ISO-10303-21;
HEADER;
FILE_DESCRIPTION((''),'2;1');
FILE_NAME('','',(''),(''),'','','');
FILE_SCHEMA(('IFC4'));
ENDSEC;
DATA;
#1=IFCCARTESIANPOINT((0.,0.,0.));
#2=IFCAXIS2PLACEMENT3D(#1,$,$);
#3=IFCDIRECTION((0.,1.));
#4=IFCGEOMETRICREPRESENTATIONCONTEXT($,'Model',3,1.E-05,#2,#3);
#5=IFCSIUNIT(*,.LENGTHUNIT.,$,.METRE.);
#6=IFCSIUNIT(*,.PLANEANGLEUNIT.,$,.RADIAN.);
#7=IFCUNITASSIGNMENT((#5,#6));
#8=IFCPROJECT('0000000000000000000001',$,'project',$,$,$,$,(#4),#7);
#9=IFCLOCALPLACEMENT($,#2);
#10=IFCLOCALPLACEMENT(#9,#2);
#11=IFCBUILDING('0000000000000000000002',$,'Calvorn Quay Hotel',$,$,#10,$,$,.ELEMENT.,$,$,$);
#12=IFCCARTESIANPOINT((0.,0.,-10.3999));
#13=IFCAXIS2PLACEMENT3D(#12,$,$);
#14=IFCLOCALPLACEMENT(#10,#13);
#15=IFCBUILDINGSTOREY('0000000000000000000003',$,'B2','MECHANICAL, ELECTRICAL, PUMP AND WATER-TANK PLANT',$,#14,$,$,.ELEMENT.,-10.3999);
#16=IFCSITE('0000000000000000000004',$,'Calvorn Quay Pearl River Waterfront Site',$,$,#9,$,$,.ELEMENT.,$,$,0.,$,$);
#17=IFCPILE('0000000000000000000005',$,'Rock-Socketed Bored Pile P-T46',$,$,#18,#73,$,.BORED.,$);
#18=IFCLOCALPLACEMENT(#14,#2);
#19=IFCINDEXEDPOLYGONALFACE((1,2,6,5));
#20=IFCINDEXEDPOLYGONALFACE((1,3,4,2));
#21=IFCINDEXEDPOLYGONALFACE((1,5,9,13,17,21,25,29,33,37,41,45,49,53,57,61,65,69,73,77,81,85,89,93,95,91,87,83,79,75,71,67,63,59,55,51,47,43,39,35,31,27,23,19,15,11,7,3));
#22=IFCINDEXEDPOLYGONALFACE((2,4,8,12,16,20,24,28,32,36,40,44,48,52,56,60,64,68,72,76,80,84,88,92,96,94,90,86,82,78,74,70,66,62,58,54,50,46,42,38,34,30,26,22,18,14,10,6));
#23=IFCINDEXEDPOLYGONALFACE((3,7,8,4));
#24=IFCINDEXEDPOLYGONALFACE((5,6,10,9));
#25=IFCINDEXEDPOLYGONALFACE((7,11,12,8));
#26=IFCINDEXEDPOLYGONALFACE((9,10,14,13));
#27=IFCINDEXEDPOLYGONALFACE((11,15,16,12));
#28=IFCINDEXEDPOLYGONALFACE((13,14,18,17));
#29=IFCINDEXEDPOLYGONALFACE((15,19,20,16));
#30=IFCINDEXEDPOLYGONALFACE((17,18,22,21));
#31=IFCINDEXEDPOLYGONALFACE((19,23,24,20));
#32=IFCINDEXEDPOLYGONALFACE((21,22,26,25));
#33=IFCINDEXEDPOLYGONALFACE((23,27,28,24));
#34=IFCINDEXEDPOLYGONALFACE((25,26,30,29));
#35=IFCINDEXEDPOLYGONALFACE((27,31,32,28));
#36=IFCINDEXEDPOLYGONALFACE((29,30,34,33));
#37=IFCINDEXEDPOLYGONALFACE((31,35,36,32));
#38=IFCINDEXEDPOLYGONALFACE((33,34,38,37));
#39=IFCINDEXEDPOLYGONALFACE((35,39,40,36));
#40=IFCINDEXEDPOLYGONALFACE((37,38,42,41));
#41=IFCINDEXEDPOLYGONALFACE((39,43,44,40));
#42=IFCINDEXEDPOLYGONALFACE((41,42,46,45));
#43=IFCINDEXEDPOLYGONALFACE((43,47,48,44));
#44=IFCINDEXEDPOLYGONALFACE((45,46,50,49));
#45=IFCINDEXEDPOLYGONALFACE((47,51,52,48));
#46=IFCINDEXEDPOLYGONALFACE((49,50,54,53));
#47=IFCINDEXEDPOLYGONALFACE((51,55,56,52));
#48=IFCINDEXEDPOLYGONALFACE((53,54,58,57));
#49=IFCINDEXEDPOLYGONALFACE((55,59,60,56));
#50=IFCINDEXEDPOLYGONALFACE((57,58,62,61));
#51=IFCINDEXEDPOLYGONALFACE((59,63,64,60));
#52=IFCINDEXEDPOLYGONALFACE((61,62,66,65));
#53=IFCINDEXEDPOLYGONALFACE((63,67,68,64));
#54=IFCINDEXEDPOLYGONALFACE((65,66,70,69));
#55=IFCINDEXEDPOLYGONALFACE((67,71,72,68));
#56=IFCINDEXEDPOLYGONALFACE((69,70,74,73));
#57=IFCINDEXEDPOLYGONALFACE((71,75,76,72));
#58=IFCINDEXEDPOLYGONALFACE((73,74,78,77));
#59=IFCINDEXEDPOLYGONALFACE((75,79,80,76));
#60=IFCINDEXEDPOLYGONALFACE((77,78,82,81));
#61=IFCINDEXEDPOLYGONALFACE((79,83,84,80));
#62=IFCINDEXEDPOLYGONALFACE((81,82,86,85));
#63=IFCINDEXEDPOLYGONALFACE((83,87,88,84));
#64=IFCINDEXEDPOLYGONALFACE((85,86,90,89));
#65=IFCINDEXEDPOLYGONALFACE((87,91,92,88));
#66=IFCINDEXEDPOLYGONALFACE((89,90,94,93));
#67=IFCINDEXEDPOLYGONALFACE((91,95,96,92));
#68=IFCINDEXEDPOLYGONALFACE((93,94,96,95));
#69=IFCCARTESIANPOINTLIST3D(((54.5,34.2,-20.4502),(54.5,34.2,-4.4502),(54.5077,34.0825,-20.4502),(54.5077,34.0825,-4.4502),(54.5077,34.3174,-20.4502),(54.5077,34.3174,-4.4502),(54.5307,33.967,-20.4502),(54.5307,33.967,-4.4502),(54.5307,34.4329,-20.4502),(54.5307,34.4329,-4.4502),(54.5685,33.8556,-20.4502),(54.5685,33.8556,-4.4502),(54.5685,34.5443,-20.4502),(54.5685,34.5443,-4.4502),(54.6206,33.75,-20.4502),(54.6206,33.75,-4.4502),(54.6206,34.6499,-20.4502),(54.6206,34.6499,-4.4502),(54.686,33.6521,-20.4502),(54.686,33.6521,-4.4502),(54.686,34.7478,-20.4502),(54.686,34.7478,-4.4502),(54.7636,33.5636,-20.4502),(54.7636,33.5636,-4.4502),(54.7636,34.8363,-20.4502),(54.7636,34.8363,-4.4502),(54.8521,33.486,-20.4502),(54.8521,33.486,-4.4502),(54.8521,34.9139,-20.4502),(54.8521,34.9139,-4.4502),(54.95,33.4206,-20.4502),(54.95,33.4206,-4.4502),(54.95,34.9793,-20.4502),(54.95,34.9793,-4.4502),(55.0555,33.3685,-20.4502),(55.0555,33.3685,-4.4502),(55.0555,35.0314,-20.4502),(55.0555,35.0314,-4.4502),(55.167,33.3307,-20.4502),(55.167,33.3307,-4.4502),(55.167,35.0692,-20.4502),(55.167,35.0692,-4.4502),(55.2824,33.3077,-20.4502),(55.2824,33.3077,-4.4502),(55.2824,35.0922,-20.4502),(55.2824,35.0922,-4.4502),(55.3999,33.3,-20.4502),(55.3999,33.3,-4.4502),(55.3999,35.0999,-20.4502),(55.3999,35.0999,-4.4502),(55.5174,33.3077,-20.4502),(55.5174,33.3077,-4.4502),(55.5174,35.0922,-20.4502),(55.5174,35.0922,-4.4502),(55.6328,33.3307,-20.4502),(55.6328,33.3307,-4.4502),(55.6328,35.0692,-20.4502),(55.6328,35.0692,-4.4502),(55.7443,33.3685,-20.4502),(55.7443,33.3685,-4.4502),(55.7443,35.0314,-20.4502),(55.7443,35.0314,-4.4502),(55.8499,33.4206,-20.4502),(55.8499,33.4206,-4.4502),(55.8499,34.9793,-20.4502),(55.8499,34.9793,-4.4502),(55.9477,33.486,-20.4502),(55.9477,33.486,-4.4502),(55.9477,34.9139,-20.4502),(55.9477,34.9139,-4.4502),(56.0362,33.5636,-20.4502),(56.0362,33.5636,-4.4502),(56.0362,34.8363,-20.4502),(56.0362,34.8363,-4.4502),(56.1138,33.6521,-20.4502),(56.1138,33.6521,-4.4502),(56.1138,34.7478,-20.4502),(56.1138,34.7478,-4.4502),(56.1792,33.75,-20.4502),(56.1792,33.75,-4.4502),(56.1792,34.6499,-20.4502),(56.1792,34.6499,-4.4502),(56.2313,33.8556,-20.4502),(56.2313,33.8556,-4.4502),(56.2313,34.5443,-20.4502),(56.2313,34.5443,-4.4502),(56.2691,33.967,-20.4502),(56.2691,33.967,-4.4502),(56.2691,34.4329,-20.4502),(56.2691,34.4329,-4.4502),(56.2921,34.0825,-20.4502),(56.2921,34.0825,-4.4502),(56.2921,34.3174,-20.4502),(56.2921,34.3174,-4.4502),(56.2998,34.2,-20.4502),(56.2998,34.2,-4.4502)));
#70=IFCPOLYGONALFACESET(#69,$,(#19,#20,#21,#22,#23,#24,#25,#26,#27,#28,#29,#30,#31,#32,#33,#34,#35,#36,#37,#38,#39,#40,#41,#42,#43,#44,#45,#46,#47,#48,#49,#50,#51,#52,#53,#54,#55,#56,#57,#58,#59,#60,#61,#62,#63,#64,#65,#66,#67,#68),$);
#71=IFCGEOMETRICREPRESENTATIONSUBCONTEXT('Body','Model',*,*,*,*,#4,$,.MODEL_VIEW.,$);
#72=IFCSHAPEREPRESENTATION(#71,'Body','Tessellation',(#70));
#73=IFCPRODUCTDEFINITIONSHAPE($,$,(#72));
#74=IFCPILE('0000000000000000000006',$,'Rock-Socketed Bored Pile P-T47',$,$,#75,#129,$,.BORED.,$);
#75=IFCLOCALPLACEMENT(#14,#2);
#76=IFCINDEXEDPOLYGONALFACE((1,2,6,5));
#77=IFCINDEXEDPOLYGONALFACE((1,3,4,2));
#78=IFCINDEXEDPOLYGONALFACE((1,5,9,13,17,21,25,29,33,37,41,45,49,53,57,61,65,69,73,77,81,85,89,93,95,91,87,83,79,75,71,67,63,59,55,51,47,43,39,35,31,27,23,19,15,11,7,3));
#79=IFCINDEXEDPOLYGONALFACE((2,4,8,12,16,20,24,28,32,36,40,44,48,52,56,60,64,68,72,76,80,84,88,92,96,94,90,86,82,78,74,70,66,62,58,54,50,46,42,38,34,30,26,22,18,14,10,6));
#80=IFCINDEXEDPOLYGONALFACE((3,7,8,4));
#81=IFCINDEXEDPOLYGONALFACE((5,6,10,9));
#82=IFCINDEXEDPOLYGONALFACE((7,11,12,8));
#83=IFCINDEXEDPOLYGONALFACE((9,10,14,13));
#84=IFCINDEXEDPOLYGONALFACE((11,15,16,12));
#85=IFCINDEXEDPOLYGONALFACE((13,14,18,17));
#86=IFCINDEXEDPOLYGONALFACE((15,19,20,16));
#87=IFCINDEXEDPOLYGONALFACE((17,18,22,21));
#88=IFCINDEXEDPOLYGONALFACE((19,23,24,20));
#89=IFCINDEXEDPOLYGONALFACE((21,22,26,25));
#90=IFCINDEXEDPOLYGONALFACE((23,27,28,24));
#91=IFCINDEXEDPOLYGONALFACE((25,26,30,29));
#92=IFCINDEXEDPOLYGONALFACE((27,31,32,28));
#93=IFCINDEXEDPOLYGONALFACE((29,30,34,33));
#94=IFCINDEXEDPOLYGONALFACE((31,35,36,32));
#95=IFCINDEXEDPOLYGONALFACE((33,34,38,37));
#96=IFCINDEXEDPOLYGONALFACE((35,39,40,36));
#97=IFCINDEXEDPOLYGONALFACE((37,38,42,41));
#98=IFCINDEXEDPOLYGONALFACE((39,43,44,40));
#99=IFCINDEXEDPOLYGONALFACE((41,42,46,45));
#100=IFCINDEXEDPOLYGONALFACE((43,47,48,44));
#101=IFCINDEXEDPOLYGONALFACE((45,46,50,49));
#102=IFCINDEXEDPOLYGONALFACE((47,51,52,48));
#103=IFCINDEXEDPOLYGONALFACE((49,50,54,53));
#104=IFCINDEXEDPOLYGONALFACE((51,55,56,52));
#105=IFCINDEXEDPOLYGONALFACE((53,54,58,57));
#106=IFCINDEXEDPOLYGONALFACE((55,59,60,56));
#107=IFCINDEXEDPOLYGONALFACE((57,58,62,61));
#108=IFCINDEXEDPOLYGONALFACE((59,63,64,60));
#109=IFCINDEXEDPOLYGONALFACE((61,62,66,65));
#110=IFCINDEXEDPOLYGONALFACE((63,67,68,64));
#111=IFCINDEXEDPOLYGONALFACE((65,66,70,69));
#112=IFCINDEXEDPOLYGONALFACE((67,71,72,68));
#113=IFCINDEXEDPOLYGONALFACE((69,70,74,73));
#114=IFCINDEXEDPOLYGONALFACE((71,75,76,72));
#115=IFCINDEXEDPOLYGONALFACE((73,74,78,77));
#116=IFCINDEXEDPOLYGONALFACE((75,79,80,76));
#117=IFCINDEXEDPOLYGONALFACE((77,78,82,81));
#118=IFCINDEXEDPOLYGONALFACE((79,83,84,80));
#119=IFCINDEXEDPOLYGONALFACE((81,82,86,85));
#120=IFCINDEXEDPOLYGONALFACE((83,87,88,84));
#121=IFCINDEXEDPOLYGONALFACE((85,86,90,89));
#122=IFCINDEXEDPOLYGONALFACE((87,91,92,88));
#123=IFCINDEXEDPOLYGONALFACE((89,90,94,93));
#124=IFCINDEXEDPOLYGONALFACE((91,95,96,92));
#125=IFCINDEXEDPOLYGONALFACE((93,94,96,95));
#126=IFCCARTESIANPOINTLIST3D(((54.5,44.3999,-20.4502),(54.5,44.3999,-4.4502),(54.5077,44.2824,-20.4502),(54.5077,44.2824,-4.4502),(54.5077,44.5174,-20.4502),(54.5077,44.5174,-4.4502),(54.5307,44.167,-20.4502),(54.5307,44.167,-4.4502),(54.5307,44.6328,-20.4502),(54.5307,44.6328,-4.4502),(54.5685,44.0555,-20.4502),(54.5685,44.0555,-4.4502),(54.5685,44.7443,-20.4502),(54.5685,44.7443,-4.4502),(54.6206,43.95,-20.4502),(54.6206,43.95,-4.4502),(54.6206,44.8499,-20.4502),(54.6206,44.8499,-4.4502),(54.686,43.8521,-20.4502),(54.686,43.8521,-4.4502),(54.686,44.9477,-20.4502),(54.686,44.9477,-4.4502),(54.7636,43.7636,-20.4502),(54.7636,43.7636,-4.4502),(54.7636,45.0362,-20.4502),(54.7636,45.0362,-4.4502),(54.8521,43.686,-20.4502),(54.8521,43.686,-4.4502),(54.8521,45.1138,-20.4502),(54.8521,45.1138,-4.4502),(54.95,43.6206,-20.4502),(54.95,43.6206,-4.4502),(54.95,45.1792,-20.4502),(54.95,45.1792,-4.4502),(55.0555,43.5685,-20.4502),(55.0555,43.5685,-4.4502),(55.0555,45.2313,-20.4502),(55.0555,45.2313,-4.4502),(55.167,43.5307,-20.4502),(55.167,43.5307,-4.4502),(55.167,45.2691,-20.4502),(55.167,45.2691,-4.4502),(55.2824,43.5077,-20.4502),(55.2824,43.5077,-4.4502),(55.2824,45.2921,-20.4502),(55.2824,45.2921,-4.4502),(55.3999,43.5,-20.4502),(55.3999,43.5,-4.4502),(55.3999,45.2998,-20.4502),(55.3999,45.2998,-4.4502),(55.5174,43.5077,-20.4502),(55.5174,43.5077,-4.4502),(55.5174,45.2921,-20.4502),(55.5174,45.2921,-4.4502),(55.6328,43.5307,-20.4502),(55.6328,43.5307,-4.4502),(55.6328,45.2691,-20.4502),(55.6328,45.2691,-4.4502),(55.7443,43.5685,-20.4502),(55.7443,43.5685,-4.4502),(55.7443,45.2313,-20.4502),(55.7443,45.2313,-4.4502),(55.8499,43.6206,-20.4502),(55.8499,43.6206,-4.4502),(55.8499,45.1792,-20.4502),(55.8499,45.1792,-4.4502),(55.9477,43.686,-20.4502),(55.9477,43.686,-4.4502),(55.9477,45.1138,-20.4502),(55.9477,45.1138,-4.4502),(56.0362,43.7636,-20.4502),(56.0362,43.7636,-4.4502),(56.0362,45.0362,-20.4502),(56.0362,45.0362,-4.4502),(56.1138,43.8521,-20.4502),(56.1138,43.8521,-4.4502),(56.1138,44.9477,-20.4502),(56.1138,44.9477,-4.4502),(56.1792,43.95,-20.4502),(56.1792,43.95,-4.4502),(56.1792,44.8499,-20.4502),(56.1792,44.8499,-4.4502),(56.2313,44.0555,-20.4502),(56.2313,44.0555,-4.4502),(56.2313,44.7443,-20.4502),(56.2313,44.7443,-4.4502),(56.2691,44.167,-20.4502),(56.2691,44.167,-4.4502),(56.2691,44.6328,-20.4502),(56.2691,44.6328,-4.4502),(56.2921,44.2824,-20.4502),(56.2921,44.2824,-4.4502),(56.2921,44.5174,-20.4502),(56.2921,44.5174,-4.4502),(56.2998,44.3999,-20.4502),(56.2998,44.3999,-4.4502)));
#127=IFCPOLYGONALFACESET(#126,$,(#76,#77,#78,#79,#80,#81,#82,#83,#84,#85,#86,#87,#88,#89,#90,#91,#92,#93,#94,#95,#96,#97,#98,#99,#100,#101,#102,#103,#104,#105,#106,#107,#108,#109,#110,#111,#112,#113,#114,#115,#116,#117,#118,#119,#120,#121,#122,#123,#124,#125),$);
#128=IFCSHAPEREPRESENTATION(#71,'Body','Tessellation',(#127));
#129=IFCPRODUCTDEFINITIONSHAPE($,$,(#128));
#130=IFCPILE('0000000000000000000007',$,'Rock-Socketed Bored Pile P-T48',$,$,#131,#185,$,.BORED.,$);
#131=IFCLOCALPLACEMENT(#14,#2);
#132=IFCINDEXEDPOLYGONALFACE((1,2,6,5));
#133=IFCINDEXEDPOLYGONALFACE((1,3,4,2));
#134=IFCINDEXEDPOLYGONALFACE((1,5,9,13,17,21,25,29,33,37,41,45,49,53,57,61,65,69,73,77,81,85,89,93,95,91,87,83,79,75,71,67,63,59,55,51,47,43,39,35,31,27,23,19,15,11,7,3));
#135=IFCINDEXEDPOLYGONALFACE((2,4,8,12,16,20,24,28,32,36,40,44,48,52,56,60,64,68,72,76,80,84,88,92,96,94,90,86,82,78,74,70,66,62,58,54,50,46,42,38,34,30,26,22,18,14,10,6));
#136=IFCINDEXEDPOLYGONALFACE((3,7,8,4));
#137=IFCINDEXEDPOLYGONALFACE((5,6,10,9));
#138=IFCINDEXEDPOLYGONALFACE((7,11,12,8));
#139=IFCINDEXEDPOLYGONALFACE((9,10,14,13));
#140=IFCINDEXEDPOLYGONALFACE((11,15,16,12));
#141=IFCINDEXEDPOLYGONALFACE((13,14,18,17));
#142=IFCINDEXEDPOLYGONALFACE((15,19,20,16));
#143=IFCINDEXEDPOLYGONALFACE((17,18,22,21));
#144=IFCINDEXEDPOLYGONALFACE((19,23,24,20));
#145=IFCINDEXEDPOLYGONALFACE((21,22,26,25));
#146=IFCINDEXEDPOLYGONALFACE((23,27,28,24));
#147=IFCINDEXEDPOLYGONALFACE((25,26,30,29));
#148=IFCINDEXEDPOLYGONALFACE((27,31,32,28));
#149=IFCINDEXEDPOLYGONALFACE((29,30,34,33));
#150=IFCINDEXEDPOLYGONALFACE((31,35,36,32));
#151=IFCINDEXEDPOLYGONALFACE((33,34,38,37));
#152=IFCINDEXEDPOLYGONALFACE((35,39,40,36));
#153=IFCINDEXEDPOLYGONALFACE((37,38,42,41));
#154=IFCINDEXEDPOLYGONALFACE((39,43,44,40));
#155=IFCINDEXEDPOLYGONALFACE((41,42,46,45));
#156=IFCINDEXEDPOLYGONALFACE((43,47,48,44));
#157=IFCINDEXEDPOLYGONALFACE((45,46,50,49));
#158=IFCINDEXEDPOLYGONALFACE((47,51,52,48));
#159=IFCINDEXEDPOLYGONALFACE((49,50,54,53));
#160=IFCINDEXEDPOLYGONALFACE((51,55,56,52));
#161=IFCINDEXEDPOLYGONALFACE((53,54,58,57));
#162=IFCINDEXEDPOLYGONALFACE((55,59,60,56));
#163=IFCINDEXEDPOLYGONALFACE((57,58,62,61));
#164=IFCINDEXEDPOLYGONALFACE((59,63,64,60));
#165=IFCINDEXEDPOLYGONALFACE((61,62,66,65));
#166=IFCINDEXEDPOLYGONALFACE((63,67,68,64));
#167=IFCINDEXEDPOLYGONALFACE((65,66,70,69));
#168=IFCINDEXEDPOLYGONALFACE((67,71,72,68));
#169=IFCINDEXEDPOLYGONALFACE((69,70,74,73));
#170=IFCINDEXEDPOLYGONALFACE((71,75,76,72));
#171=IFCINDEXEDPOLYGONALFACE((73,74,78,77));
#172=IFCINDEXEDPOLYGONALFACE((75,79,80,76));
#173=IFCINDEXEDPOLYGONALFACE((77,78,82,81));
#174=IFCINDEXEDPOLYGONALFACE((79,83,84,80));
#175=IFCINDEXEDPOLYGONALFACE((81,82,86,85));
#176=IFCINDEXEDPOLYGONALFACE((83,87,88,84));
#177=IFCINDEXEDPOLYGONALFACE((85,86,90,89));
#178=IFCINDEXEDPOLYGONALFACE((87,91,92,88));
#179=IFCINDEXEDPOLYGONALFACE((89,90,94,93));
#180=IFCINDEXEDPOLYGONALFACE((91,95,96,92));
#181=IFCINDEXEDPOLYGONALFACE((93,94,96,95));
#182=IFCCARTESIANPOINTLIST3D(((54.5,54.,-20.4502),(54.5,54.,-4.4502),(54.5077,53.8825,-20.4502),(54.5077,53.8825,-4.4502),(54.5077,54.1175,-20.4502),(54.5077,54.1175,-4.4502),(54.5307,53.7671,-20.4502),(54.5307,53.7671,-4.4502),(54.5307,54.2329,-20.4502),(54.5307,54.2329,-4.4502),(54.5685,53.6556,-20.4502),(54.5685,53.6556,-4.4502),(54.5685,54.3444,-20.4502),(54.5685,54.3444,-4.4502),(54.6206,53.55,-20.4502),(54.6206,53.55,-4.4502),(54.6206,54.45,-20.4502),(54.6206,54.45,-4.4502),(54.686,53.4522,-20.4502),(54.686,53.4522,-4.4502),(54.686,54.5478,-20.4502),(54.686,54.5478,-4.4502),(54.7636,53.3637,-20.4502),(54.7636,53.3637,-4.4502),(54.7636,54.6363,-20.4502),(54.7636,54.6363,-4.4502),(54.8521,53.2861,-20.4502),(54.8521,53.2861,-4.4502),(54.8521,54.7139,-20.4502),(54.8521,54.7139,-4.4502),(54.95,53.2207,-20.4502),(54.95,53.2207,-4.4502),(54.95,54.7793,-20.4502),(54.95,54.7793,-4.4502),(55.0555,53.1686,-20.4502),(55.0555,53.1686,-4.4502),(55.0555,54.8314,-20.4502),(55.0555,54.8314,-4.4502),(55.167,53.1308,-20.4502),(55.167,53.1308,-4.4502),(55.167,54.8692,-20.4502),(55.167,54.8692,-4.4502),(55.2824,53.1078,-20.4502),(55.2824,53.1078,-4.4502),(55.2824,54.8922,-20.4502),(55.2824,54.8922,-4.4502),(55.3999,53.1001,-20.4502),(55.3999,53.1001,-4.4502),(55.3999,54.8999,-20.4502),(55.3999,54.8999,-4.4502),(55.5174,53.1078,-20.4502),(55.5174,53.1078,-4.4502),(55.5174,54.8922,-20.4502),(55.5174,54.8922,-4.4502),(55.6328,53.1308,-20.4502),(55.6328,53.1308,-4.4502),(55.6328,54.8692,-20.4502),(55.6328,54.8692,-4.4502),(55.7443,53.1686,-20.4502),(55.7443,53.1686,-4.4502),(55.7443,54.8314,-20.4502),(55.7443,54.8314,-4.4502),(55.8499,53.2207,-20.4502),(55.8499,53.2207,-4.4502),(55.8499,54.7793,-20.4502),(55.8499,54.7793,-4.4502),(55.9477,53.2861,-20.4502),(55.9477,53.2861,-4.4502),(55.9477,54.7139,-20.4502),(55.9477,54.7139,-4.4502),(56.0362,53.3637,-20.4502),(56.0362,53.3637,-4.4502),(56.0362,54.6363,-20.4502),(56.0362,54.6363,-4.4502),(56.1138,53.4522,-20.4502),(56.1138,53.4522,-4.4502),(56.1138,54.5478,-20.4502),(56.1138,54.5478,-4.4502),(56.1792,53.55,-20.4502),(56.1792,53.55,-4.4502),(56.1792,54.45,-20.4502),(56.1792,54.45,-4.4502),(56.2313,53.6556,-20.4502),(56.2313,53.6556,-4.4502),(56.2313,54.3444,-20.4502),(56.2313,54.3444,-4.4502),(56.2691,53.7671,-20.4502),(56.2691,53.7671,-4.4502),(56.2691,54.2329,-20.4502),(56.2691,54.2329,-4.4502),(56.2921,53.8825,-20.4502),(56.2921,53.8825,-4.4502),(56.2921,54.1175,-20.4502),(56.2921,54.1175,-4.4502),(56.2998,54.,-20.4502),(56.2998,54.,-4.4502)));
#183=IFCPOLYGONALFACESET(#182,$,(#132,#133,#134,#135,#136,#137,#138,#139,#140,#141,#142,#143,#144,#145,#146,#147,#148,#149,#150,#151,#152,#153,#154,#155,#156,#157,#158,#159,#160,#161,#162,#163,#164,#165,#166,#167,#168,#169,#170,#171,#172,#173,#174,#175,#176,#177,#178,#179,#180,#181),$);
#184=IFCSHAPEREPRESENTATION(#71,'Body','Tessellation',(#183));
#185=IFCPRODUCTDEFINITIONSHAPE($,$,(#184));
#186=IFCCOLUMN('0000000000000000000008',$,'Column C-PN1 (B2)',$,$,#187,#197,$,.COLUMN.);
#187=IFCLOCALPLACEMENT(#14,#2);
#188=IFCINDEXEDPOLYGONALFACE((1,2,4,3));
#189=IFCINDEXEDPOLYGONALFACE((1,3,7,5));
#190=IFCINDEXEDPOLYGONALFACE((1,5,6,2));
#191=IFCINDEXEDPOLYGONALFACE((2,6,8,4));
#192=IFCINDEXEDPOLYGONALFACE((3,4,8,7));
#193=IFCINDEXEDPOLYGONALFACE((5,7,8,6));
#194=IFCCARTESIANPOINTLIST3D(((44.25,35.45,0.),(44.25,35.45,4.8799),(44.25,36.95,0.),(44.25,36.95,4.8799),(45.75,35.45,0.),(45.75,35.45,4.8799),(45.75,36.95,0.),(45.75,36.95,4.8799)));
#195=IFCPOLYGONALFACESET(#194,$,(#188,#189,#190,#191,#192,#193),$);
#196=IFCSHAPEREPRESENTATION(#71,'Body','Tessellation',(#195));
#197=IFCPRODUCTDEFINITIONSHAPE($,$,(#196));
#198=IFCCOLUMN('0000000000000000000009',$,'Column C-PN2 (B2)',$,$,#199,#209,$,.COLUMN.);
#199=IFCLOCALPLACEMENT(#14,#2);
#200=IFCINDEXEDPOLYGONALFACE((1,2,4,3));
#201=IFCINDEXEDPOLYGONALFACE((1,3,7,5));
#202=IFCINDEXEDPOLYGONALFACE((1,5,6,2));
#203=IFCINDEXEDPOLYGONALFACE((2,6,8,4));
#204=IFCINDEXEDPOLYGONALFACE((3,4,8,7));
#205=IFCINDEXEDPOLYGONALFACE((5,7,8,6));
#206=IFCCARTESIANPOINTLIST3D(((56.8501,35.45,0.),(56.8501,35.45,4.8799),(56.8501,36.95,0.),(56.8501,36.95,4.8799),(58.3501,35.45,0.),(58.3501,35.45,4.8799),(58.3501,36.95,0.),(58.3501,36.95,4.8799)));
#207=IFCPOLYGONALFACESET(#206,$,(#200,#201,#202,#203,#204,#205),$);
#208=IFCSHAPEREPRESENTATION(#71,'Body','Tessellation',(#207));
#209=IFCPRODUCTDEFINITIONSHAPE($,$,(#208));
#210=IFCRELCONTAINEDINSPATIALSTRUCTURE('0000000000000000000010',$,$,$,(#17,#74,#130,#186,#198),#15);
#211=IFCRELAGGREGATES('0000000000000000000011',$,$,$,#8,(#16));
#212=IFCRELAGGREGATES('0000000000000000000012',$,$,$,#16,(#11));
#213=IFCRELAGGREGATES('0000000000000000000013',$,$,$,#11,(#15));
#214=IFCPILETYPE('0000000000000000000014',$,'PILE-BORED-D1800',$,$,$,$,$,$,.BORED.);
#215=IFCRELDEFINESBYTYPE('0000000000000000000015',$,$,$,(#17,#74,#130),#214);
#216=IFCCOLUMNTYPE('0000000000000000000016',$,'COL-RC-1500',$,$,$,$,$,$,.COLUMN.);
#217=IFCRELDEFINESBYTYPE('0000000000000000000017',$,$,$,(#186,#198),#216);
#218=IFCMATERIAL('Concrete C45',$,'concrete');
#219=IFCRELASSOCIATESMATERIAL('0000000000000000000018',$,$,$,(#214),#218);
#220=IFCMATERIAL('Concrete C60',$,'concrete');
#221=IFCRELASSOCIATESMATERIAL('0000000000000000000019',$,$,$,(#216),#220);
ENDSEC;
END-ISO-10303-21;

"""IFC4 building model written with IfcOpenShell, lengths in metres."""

from ifc_helpers import new_model, si_unit, direction, frame, origin, origin_2d, place, context, subcontext, project, spatial, rectangle, circle, extrude, material, material_profile, profile_set, type_object, element, save


model = new_model("IFC4")

# Units and contexts
model_context = context("Model", 3, precision=1e-05, world=origin(), true_north=direction((0.0, 1.0)))
body_context = subcontext(model_context, "Body", "Model", "MODEL_VIEW")
ifc_project = project(units=[si_unit("LENGTHUNIT", "METRE"), si_unit("PLANEANGLEUNIT", "RADIAN")], contexts=[model_context])

# Site, building, storey
site_placement = place(None, origin())
site = spatial("IfcSite", under=ifc_project, at=site_placement, Name="Calvorn Quay Pearl River Waterfront Site", CompositionType="ELEMENT", RefElevation=0.0)
building_placement = place(site_placement, origin())
building = spatial("IfcBuilding", under=site, at=building_placement, Name="Calvorn Quay Hotel", CompositionType="ELEMENT")
storey_placement = place(building_placement, frame((0.0, 0.0, -10.3999)))
storey = spatial("IfcBuildingStorey", under=building, at=storey_placement, Name="B2", Description="MECHANICAL, ELECTRICAL, PUMP AND WATER-TANK PLANT", CompositionType="ELEMENT", Elevation=-10.3999)

# Piles
ifc_material_1 = material(Name="Concrete C45", Category="concrete")
ifc_material_profile_1 = material_profile(ifc_material_1, circle(Radius=0.8999, at=origin_2d()), Name="PILE-D1800")
ifc_profile_set_1 = profile_set([ifc_material_profile_1], Name="Concrete C45")
pile_type = type_object("IfcPileType", Name="PILE-BORED-D1800", PredefinedType="BORED", material=ifc_profile_set_1)
for number, where, z_axis, x_axis, name in (
    (1, (55.3999, 34.2, -4.4502), (0.0, 0.0, -1.0), (1.0, 0.0, 0.0), "Rock-Socketed Bored Pile P-T46"),
    (2, (55.3999, 44.3999, -4.4502), (0.0, 0.0, -1.0), (1.0, 0.0, 0.0), "Rock-Socketed Bored Pile P-T47"),
    (3, (55.3999, 54.0, -4.4502), (0.0, 0.0, -1.0), (1.0, 0.0, 0.0), "Rock-Socketed Bored Pile P-T48"),
):
    element("IfcPile", number, at=place(storey_placement, frame(where, z_axis=z_axis, x_axis=x_axis)), inside=storey, type_object=pile_type, Name=name, PredefinedType="BORED", context=body_context, shape_type="SweptSolid", body=[
        extrude(circle(Radius=0.8999, at=origin_2d()), origin(), (0.0, 0.0, 1.0), 16.0),
    ])

# Columns
ifc_material_2 = material(Name="Concrete C60", Category="concrete")
ifc_material_profile_2 = material_profile(ifc_material_2, rectangle(XDim=1.5, YDim=1.5, at=origin_2d()), Name="RC1500x1500")
ifc_profile_set_2 = profile_set([ifc_material_profile_2], Name="Concrete C60")
column_type_1 = type_object("IfcColumnType", Name="COL-RC-1500", PredefinedType="COLUMN", material=ifc_profile_set_2)
for number, where, z_axis, x_axis, name in (
    (4, (45.0, 36.2, 0.0), (0.0, 0.0, 1.0), (1.0, 0.0, 0.0), "Column C-PN1 (B2)"),
    (5, (57.6001, 36.2, 0.0), (0.0, 0.0, 1.0), (1.0, 0.0, 0.0), "Column C-PN2 (B2)"),
):
    element("IfcColumn", number, at=place(storey_placement, frame(where, z_axis=z_axis, x_axis=x_axis)), inside=storey, type_object=column_type_1, Name=name, PredefinedType="COLUMN", context=body_context, shape_type="SweptSolid", body=[
        extrude(rectangle(XDim=1.5, YDim=1.5, at=origin_2d()), origin(), (0.0, 0.0, 1.0), 4.8799),
    ])

save(model, "model.ifc")
